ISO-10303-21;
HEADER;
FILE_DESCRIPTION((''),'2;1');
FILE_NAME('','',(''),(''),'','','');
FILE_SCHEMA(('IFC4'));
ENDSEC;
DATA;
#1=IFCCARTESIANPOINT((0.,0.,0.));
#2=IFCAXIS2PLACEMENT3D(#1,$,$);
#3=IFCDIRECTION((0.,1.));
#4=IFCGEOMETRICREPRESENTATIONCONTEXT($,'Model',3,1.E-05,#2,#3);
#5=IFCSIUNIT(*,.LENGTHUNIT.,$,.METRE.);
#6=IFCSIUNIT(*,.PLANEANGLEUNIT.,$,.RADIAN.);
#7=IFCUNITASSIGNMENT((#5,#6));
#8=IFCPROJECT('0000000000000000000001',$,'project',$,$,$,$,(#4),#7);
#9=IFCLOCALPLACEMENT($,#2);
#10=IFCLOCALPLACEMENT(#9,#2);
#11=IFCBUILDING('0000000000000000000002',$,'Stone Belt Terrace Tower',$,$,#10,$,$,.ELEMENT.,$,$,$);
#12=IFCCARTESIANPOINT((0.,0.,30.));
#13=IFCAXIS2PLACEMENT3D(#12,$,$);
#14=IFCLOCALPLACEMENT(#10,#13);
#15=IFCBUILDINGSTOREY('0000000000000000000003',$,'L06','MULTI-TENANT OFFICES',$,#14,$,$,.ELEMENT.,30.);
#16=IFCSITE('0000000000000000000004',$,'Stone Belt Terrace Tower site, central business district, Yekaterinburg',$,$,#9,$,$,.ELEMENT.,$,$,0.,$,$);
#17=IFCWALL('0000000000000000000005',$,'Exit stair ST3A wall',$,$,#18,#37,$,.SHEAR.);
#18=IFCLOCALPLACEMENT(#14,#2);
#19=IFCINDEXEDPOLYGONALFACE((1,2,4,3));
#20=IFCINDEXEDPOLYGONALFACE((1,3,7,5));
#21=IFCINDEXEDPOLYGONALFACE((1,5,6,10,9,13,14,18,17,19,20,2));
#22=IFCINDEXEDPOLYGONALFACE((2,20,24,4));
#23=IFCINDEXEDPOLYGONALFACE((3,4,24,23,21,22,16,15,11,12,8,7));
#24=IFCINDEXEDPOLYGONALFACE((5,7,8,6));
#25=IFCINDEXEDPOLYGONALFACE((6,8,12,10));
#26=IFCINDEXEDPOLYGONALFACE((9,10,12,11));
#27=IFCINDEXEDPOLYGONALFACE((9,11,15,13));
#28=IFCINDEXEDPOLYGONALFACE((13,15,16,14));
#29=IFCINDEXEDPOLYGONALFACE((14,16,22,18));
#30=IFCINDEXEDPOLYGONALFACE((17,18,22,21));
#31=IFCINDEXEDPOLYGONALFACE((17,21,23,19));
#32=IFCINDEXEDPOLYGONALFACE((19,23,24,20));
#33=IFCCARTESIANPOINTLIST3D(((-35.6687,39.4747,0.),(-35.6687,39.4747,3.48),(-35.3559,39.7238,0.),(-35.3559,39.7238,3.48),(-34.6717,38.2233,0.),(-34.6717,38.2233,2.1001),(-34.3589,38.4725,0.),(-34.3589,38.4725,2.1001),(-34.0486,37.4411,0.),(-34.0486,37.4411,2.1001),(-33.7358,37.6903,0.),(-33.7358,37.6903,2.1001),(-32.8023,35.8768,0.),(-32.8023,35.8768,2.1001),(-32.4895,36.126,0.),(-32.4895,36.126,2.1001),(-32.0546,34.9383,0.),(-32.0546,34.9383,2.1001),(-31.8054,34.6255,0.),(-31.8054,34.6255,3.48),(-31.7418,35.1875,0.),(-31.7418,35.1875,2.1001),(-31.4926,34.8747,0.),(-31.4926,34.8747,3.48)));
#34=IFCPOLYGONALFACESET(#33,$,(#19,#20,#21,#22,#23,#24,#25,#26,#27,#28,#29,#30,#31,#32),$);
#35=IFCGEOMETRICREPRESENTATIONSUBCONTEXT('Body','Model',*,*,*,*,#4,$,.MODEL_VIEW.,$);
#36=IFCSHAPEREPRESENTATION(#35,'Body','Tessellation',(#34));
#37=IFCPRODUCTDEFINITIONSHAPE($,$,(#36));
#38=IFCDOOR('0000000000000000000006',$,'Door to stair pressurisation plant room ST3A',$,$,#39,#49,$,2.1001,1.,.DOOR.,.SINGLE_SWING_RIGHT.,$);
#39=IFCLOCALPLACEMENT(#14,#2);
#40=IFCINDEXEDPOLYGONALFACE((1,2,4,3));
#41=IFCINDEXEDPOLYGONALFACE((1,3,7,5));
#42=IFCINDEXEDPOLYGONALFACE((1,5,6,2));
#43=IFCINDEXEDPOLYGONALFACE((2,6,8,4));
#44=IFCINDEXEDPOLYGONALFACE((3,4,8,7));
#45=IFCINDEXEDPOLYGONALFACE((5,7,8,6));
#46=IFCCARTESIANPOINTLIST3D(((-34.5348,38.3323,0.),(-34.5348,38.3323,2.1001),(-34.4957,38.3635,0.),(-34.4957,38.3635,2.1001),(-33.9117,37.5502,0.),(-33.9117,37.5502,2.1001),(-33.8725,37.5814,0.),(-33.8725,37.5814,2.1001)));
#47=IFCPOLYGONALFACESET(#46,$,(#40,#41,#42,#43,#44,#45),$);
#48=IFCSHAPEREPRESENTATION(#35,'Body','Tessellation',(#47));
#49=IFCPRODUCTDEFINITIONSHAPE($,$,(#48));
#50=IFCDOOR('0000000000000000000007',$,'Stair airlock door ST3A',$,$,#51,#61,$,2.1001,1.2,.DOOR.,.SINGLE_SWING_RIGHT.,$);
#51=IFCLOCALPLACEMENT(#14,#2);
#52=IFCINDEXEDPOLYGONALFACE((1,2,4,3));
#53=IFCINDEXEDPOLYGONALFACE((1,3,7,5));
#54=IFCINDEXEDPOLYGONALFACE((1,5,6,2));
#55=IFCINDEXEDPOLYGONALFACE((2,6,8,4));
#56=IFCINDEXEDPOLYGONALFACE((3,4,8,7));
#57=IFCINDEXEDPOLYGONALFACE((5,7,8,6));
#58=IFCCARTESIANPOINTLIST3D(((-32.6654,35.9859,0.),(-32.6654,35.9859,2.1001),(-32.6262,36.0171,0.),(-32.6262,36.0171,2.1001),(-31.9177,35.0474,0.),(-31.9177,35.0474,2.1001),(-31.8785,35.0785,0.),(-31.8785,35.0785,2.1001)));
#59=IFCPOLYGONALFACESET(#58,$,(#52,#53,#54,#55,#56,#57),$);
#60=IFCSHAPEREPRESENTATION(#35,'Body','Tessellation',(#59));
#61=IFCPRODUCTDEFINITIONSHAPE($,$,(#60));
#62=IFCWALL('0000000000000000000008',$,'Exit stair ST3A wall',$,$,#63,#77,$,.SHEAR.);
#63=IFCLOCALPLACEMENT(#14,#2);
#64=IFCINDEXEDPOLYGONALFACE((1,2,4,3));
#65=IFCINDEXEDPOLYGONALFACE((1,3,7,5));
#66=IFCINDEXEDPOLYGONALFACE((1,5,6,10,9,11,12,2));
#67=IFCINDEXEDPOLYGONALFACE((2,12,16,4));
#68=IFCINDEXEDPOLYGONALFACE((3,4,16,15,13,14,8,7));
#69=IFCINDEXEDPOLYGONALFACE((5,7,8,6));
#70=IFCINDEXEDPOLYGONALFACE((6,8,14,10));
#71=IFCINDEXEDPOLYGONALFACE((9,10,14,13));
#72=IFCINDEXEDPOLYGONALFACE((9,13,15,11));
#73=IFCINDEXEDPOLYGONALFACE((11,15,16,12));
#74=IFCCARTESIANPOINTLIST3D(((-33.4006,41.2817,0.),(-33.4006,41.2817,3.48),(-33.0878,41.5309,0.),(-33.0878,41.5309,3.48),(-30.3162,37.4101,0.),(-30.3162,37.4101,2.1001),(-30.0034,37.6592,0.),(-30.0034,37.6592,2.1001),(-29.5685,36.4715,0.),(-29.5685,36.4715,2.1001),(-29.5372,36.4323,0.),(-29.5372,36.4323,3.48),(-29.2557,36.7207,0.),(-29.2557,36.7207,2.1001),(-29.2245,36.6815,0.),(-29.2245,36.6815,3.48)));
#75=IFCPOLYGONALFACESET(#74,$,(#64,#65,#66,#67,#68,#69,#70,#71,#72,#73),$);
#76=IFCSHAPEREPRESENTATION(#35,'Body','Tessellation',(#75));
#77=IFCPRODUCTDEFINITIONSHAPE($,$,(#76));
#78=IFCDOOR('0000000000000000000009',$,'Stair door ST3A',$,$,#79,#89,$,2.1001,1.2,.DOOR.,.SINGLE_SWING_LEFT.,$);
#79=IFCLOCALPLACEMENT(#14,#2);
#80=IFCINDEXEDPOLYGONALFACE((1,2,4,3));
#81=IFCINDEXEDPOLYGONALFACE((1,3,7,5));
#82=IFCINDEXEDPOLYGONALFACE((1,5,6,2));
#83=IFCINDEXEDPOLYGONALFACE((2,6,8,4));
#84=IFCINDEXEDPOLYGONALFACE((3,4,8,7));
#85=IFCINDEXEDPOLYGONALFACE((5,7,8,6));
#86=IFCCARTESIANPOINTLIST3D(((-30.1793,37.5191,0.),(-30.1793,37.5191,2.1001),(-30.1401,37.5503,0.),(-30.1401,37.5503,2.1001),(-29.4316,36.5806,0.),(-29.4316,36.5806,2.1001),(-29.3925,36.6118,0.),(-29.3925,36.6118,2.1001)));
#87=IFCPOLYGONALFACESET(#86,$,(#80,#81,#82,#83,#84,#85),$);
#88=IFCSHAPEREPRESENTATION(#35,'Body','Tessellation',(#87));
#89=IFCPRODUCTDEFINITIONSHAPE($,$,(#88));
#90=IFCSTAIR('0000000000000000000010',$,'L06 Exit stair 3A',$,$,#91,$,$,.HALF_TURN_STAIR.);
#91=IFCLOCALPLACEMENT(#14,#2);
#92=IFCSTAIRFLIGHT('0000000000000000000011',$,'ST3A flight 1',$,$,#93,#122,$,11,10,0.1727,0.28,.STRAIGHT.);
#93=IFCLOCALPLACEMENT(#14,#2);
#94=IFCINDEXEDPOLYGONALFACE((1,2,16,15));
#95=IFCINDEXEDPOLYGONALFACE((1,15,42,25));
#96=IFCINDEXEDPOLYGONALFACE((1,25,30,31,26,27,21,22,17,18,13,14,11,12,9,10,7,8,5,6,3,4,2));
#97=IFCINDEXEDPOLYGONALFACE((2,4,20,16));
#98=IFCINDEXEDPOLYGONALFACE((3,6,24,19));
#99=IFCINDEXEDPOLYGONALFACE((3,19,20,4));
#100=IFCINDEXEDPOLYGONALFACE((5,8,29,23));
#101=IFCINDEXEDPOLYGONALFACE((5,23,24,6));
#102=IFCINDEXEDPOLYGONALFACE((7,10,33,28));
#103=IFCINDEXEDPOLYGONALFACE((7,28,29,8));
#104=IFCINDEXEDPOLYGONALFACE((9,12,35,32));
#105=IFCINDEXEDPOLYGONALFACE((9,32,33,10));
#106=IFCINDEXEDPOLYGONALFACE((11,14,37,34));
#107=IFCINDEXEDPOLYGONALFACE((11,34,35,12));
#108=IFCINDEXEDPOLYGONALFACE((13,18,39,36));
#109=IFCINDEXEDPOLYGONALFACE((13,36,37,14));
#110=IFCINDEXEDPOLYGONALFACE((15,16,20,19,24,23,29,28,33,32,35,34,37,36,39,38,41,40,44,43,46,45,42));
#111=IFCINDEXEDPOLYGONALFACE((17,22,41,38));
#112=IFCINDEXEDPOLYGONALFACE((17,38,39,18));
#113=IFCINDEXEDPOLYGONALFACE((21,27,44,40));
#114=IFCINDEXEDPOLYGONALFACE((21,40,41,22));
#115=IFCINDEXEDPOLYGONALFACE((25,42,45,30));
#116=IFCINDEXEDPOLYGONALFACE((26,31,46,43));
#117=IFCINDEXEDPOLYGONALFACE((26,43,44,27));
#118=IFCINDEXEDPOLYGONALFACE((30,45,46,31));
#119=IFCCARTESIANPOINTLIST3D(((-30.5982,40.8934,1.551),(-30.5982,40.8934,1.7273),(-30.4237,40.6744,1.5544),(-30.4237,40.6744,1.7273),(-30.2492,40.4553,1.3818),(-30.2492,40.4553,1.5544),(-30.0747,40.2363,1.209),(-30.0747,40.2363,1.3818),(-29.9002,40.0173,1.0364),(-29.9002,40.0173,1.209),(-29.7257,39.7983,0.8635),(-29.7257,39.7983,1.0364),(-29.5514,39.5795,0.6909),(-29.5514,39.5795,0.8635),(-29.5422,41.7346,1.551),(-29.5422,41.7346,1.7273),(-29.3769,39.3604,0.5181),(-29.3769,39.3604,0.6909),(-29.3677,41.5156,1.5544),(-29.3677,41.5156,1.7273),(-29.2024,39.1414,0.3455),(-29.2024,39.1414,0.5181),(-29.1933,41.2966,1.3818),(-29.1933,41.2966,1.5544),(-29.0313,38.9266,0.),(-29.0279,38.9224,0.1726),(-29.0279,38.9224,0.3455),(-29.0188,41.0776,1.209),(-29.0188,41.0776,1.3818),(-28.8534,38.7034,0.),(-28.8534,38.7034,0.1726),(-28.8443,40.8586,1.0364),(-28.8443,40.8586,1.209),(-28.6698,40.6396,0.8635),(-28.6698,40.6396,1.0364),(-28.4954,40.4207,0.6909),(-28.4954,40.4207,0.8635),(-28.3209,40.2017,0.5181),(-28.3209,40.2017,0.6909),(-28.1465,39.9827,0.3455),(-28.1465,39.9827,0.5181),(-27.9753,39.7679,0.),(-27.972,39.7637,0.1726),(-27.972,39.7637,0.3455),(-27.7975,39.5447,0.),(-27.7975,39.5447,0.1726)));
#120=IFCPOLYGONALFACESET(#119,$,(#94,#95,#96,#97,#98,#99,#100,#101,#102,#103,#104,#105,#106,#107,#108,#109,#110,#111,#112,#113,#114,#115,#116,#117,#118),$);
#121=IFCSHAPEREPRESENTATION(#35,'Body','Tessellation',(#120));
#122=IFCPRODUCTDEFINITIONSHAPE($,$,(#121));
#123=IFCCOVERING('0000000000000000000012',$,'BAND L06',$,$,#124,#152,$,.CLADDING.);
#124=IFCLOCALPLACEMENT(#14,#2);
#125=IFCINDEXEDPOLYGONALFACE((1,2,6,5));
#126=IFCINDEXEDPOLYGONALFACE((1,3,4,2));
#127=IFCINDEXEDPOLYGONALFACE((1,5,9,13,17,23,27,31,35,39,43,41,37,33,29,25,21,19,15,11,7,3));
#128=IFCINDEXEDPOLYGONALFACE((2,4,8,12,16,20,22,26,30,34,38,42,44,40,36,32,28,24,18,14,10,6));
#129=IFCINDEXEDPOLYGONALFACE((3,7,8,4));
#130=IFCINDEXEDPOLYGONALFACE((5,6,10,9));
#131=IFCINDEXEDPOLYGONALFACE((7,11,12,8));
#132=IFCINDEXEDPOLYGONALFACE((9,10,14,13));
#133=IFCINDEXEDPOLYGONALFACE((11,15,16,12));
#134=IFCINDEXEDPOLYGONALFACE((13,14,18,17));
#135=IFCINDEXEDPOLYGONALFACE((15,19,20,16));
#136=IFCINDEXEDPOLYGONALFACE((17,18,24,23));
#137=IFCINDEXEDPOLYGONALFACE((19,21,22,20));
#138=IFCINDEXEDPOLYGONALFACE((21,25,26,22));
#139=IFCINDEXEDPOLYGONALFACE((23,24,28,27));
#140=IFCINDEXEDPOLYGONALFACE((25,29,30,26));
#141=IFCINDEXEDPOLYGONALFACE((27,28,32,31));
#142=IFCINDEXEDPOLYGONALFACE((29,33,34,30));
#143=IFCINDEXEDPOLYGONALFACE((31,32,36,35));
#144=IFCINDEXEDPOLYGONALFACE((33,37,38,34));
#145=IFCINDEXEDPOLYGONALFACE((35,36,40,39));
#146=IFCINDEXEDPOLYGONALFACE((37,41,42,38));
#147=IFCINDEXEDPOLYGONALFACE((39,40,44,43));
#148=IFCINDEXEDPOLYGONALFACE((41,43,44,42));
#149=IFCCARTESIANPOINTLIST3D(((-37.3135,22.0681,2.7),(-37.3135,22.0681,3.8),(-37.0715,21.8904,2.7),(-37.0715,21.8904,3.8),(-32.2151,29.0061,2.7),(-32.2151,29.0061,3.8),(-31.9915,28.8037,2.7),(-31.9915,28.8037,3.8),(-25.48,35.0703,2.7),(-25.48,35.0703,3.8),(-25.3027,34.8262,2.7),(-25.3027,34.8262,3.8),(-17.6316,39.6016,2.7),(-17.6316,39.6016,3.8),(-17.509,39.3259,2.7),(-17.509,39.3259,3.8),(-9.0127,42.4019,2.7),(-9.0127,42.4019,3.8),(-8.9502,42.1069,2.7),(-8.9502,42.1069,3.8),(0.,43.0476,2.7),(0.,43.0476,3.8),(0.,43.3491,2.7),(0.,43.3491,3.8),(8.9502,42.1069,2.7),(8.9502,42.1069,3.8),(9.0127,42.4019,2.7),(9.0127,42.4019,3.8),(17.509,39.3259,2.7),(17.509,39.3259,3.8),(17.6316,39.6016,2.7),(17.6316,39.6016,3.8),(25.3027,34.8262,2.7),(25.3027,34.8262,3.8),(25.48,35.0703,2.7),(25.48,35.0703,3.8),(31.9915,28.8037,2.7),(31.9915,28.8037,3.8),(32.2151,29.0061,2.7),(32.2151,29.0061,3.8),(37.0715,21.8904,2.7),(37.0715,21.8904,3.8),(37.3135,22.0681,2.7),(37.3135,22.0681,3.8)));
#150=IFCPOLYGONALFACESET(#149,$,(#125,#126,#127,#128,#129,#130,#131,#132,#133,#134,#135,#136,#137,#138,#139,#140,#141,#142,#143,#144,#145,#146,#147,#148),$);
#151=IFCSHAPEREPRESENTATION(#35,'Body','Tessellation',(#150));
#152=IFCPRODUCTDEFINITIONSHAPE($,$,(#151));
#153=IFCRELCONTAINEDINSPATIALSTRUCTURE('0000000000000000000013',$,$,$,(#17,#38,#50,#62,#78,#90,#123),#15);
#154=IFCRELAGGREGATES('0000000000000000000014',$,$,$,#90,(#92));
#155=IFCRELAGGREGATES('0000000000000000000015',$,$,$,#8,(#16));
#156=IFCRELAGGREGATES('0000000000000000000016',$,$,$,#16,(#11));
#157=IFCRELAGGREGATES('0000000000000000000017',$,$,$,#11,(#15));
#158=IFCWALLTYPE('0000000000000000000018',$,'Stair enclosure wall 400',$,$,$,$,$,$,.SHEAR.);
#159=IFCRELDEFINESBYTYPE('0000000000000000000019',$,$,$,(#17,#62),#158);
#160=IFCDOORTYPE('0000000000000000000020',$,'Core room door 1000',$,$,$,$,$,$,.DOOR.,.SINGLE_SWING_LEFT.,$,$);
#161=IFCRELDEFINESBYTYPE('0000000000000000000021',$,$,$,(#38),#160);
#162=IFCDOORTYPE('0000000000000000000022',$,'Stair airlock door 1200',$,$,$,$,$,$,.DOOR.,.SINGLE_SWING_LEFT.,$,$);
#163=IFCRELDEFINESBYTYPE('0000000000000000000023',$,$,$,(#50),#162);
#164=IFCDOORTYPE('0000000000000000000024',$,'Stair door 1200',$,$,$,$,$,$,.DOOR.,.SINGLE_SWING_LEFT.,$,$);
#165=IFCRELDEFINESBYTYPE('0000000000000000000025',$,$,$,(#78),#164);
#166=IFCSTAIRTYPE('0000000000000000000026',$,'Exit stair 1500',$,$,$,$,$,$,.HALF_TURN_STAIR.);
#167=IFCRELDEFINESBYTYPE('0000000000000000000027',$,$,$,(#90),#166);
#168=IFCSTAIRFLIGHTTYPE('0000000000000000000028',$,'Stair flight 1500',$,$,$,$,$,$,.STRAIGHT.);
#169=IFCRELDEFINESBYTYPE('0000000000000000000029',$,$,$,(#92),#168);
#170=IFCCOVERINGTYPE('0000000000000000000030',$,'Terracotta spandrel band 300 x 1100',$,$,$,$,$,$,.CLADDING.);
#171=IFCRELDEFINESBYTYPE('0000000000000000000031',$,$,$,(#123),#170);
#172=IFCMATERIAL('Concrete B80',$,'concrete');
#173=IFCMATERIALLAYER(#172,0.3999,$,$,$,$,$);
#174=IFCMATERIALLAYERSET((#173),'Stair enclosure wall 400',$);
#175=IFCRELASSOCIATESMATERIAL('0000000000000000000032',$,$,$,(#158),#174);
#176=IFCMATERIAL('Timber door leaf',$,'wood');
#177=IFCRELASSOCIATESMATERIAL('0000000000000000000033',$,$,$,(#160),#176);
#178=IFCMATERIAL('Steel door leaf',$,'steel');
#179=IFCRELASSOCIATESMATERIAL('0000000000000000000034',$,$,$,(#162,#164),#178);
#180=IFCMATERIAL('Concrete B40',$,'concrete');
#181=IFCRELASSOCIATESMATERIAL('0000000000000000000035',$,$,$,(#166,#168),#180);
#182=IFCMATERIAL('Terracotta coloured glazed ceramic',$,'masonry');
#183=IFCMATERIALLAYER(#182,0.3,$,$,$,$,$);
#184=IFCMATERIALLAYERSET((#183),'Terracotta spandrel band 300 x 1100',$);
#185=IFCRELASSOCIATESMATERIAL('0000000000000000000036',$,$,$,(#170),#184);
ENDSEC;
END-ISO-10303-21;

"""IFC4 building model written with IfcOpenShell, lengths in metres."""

from ifc_helpers import new_model, si_unit, direction, frame, frame_2d, origin, place, context, subcontext, project, spatial, polyline, rectangle, outline, extrude, material, layer, layer_set, type_object, element, fill, aggregate, save


model = new_model("IFC4")

# Units and contexts
model_context = context("Model", 3, precision=1e-05, world=origin(), true_north=direction((0.0, 1.0)))
body_context = subcontext(model_context, "Body", "Model", "MODEL_VIEW")
ifc_project = project(units=[si_unit("LENGTHUNIT", "METRE"), si_unit("PLANEANGLEUNIT", "RADIAN")], contexts=[model_context])

# Site, building, storey
site_placement = place(None, origin())
site = spatial("IfcSite", under=ifc_project, at=site_placement, Name="Stone Belt Terrace Tower site, central business district, Yekaterinburg", CompositionType="ELEMENT", RefElevation=0.0)
building_placement = place(site_placement, origin())
building = spatial("IfcBuilding", under=site, at=building_placement, Name="Stone Belt Terrace Tower", CompositionType="ELEMENT")
storey_placement = place(building_placement, frame((0.0, 0.0, 30.0)))
storey = spatial("IfcBuildingStorey", under=building, at=storey_placement, Name="L06", Description="MULTI-TENANT OFFICES", CompositionType="ELEMENT", Elevation=30.0)

# Shared definitions
ifc_material_1 = material(Name="Concrete B80", Category="concrete")

# Shared definitions
ifc_material_2 = material(Name="Concrete B40", Category="concrete")

# Shared definitions
ifc_material_3 = material(Name="Terracotta coloured glazed ceramic", Category="masonry")

# Shared definitions
ifc_layer_1 = layer(ifc_material_1, 0.3999)
ifc_layer_set_1 = layer_set([ifc_layer_1], Name="Stair enclosure wall 400")
wall_type_1 = type_object("IfcWallType", Name="Stair enclosure wall 400", PredefinedType="SHEAR", material=ifc_layer_set_1)

# Wall, openings, doors
wall_1_placement = place(storey_placement, frame((-31.6489, 34.75, 0.0), z_axis=(0.0, 0.0, 1.0), x_axis=(-0.623119, 0.782127, 0.0)))
wall_1 = element("IfcWall", 1, at=wall_1_placement, inside=storey, type_object=wall_type_1, Name="Exit stair ST3A wall", PredefinedType="SHEAR", context=body_context, shape_type="SweptSolid", body=[
    extrude(rectangle(XDim=6.2, YDim=0.3999, at=frame_2d((3.1001, 0.0))), origin(), (0.0, 0.0, 1.0), 3.48),
])
opening_1_placement = place(wall_1_placement, frame((0.3999, 0.0, 0.0)))
opening_1 = element("IfcOpeningElement", 2, at=opening_1_placement, cuts=wall_1, PredefinedType="OPENING", context=body_context, shape_type="SweptSolid", body=[
    extrude(rectangle(XDim=1.2, YDim=2.1001, at=frame_2d((0.6001, 1.05))), frame((0.0, 0.21, 0.0), z_axis=(0.0, -1.0, 0.0), x_axis=(1.0, 0.0, 0.0)), (0.0, 0.0, 1.0), 0.4199),
])
opening_2_placement = place(wall_1_placement, frame((3.6001, 0.0, 0.0)))
opening_2 = element("IfcOpeningElement", 3, at=opening_2_placement, cuts=wall_1, PredefinedType="OPENING", context=body_context, shape_type="SweptSolid", body=[
    extrude(rectangle(XDim=1.0, YDim=2.1001, at=frame_2d((0.5, 1.05))), frame((0.0, 0.21, 0.0), z_axis=(0.0, -1.0, 0.0), x_axis=(1.0, 0.0, 0.0)), (0.0, 0.0, 1.0), 0.4199),
])
ifc_material_4 = material(Name="Timber door leaf", Category="wood")
door_type_1 = type_object("IfcDoorType", Name="Core room door 1000", OperationType="SINGLE_SWING_LEFT", PredefinedType="DOOR", material=ifc_material_4)
door_1_placement = place(opening_2_placement, origin())
door_1 = element("IfcDoor", 4, at=door_1_placement, inside=storey, type_object=door_type_1, Name="Door to stair pressurisation plant room ST3A", OperationType="SINGLE_SWING_RIGHT", OverallHeight=2.1001, OverallWidth=1.0, PredefinedType="DOOR", context=body_context, shape_type="SweptSolid", body=[
    extrude(rectangle(XDim=1.0, YDim=2.1001, at=frame_2d((0.5, 1.05))), frame((0.0, 0.0249, 0.0), z_axis=(0.0, -1.0, 0.0), x_axis=(1.0, 0.0, 0.0)), (0.0, 0.0, 1.0), 0.05),
])
fill(opening_2, door_1)
ifc_material_5 = material(Name="Steel door leaf", Category="steel")
door_type_2 = type_object("IfcDoorType", Name="Stair airlock door 1200", OperationType="SINGLE_SWING_LEFT", PredefinedType="DOOR", material=ifc_material_5)
door_2_placement = place(opening_1_placement, origin())
door_2 = element("IfcDoor", 5, at=door_2_placement, inside=storey, type_object=door_type_2, Name="Stair airlock door ST3A", OperationType="SINGLE_SWING_RIGHT", OverallHeight=2.1001, OverallWidth=1.2, PredefinedType="DOOR", context=body_context, shape_type="SweptSolid", body=[
    extrude(rectangle(XDim=1.2, YDim=2.1001, at=frame_2d((0.6001, 1.05))), frame((0.0, 0.0249, 0.0), z_axis=(0.0, -1.0, 0.0), x_axis=(1.0, 0.0, 0.0)), (0.0, 0.0, 1.0), 0.05),
])
fill(opening_1, door_2)

# Wall, opening, door
wall_2_placement = place(storey_placement, frame((-29.3809, 36.5569, 0.0), z_axis=(0.0, 0.0, 1.0), x_axis=(-0.623099, 0.782143, 0.0)))
wall_2 = element("IfcWall", 6, at=wall_2_placement, inside=storey, type_object=wall_type_1, Name="Exit stair ST3A wall", PredefinedType="SHEAR", context=body_context, shape_type="SweptSolid", body=[
    extrude(rectangle(XDim=6.2002, YDim=0.3999, at=frame_2d((3.1001, 0.0))), origin(), (0.0, 0.0, 1.0), 3.48),
])
opening_3_placement = place(wall_2_placement, frame((0.05, 0.0, 0.0)))
opening_3 = element("IfcOpeningElement", 7, at=opening_3_placement, cuts=wall_2, PredefinedType="OPENING", context=body_context, shape_type="SweptSolid", body=[
    extrude(rectangle(XDim=1.2, YDim=2.1001, at=frame_2d((0.6001, 1.05))), frame((0.0, 0.21, 0.0), z_axis=(0.0, -1.0, 0.0), x_axis=(1.0, 0.0, 0.0)), (0.0, 0.0, 1.0), 0.4199),
])
door_type_3 = type_object("IfcDoorType", Name="Stair door 1200", OperationType="SINGLE_SWING_LEFT", PredefinedType="DOOR", material=ifc_material_5)
door_3_placement = place(opening_3_placement, origin())
door_3 = element("IfcDoor", 8, at=door_3_placement, inside=storey, type_object=door_type_3, Name="Stair door ST3A", OperationType="SINGLE_SWING_LEFT", OverallHeight=2.1001, OverallWidth=1.2, PredefinedType="DOOR", context=body_context, shape_type="SweptSolid", body=[
    extrude(rectangle(XDim=1.2, YDim=2.1001, at=frame_2d((0.6001, 1.05))), frame((0.0, 0.0249, 0.0), z_axis=(0.0, -1.0, 0.0), x_axis=(1.0, 0.0, 0.0)), (0.0, 0.0, 1.0), 0.05),
])
fill(opening_3, door_3)

# Stair, stair flight
stair_type = type_object("IfcStairType", Name="Exit stair 1500", PredefinedType="HALF_TURN_STAIR", material=ifc_material_2)
stair_placement = place(storey_placement, origin())
stair = element("IfcStair", 9, at=stair_placement, inside=storey, type_object=stair_type, Name="L06 Exit stair 3A", PredefinedType="HALF_TURN_STAIR")
stair_flight_type = type_object("IfcStairFlightType", Name="Stair flight 1500", PredefinedType="STRAIGHT", material=ifc_material_2)
stair_flight_placement = place(storey_placement, frame((-28.3254, 39.124, 0.0), z_axis=(0.0, 0.0, 1.0), x_axis=(-0.623121, 0.782125, 0.0)))
stair_flight = element("IfcStairFlight", 10, at=stair_flight_placement, type_object=stair_flight_type, Name="ST3A flight 1", NumberOfRisers=11, NumberOfTreads=10, PredefinedType="STRAIGHT", RiserHeight=0.1727, TreadLength=0.28, context=body_context, shape_type="SweptSolid", body=[
    extrude(outline(polyline([(0.0, 0.0), (0.0, 0.1726), (0.28, 0.1726), (0.28, 0.3455), (0.5601, 0.3455), (0.5601, 0.5181), (0.8401, 0.5181), (0.8401, 0.6909), (1.1201, 0.6909), (1.1201, 0.8635), (1.3999, 0.8635), (1.3999, 1.0364), (1.6799, 1.0364), (1.6799, 1.209), (1.96, 1.209), (1.96, 1.3818), (2.24, 1.3818), (2.24, 1.5544), (2.52, 1.5544), (2.52, 1.7273), (2.8, 1.7273), (2.8, 1.8999), (2.8, 1.551), (0.2854, 0.0), (0.0, 0.0)])), frame((0.0, 0.675, 0.0), z_axis=(0.0, -1.0, 0.0), x_axis=(1.0, 0.0, 0.0)), (0.0, 0.0, 1.0), 1.3501),
])
aggregate(stair, [stair_flight])

# Covering
ifc_layer_2 = layer(ifc_material_3, 0.3)
ifc_layer_set_2 = layer_set([ifc_layer_2], Name="Terracotta spandrel band 300 x 1100")
covering_type = type_object("IfcCoveringType", Name="Terracotta spandrel band 300 x 1100", PredefinedType="CLADDING", material=ifc_layer_set_2)
covering_placement = place(storey_placement, frame((0.0, 0.0, 2.7)))
element("IfcCovering", 11, at=covering_placement, inside=storey, type_object=covering_type, Name="BAND L06", PredefinedType="CLADDING", context=body_context, shape_type="SweptSolid", body=[
    extrude(outline(polyline([(-37.3135, 22.0681), (-32.2151, 29.0061), (-25.48, 35.0703), (-17.6316, 39.6016), (-9.0127, 42.4019), (0.0, 43.3491), (9.0127, 42.4019), (17.6316, 39.6016), (25.48, 35.0703), (32.2151, 29.0061), (37.3135, 22.0681), (37.0715, 21.8904), (31.9915, 28.8037), (25.3027, 34.8262), (17.509, 39.3259), (8.9502, 42.1069), (0.0, 43.0476), (-8.9502, 42.1069), (-17.509, 39.3259), (-25.3027, 34.8262), (-31.9915, 28.8037), (-37.0715, 21.8904), (-37.3135, 22.0681)])), origin(), (0.0, 0.0, 1.0), 1.1001),
])

save(model, "model.ifc")
